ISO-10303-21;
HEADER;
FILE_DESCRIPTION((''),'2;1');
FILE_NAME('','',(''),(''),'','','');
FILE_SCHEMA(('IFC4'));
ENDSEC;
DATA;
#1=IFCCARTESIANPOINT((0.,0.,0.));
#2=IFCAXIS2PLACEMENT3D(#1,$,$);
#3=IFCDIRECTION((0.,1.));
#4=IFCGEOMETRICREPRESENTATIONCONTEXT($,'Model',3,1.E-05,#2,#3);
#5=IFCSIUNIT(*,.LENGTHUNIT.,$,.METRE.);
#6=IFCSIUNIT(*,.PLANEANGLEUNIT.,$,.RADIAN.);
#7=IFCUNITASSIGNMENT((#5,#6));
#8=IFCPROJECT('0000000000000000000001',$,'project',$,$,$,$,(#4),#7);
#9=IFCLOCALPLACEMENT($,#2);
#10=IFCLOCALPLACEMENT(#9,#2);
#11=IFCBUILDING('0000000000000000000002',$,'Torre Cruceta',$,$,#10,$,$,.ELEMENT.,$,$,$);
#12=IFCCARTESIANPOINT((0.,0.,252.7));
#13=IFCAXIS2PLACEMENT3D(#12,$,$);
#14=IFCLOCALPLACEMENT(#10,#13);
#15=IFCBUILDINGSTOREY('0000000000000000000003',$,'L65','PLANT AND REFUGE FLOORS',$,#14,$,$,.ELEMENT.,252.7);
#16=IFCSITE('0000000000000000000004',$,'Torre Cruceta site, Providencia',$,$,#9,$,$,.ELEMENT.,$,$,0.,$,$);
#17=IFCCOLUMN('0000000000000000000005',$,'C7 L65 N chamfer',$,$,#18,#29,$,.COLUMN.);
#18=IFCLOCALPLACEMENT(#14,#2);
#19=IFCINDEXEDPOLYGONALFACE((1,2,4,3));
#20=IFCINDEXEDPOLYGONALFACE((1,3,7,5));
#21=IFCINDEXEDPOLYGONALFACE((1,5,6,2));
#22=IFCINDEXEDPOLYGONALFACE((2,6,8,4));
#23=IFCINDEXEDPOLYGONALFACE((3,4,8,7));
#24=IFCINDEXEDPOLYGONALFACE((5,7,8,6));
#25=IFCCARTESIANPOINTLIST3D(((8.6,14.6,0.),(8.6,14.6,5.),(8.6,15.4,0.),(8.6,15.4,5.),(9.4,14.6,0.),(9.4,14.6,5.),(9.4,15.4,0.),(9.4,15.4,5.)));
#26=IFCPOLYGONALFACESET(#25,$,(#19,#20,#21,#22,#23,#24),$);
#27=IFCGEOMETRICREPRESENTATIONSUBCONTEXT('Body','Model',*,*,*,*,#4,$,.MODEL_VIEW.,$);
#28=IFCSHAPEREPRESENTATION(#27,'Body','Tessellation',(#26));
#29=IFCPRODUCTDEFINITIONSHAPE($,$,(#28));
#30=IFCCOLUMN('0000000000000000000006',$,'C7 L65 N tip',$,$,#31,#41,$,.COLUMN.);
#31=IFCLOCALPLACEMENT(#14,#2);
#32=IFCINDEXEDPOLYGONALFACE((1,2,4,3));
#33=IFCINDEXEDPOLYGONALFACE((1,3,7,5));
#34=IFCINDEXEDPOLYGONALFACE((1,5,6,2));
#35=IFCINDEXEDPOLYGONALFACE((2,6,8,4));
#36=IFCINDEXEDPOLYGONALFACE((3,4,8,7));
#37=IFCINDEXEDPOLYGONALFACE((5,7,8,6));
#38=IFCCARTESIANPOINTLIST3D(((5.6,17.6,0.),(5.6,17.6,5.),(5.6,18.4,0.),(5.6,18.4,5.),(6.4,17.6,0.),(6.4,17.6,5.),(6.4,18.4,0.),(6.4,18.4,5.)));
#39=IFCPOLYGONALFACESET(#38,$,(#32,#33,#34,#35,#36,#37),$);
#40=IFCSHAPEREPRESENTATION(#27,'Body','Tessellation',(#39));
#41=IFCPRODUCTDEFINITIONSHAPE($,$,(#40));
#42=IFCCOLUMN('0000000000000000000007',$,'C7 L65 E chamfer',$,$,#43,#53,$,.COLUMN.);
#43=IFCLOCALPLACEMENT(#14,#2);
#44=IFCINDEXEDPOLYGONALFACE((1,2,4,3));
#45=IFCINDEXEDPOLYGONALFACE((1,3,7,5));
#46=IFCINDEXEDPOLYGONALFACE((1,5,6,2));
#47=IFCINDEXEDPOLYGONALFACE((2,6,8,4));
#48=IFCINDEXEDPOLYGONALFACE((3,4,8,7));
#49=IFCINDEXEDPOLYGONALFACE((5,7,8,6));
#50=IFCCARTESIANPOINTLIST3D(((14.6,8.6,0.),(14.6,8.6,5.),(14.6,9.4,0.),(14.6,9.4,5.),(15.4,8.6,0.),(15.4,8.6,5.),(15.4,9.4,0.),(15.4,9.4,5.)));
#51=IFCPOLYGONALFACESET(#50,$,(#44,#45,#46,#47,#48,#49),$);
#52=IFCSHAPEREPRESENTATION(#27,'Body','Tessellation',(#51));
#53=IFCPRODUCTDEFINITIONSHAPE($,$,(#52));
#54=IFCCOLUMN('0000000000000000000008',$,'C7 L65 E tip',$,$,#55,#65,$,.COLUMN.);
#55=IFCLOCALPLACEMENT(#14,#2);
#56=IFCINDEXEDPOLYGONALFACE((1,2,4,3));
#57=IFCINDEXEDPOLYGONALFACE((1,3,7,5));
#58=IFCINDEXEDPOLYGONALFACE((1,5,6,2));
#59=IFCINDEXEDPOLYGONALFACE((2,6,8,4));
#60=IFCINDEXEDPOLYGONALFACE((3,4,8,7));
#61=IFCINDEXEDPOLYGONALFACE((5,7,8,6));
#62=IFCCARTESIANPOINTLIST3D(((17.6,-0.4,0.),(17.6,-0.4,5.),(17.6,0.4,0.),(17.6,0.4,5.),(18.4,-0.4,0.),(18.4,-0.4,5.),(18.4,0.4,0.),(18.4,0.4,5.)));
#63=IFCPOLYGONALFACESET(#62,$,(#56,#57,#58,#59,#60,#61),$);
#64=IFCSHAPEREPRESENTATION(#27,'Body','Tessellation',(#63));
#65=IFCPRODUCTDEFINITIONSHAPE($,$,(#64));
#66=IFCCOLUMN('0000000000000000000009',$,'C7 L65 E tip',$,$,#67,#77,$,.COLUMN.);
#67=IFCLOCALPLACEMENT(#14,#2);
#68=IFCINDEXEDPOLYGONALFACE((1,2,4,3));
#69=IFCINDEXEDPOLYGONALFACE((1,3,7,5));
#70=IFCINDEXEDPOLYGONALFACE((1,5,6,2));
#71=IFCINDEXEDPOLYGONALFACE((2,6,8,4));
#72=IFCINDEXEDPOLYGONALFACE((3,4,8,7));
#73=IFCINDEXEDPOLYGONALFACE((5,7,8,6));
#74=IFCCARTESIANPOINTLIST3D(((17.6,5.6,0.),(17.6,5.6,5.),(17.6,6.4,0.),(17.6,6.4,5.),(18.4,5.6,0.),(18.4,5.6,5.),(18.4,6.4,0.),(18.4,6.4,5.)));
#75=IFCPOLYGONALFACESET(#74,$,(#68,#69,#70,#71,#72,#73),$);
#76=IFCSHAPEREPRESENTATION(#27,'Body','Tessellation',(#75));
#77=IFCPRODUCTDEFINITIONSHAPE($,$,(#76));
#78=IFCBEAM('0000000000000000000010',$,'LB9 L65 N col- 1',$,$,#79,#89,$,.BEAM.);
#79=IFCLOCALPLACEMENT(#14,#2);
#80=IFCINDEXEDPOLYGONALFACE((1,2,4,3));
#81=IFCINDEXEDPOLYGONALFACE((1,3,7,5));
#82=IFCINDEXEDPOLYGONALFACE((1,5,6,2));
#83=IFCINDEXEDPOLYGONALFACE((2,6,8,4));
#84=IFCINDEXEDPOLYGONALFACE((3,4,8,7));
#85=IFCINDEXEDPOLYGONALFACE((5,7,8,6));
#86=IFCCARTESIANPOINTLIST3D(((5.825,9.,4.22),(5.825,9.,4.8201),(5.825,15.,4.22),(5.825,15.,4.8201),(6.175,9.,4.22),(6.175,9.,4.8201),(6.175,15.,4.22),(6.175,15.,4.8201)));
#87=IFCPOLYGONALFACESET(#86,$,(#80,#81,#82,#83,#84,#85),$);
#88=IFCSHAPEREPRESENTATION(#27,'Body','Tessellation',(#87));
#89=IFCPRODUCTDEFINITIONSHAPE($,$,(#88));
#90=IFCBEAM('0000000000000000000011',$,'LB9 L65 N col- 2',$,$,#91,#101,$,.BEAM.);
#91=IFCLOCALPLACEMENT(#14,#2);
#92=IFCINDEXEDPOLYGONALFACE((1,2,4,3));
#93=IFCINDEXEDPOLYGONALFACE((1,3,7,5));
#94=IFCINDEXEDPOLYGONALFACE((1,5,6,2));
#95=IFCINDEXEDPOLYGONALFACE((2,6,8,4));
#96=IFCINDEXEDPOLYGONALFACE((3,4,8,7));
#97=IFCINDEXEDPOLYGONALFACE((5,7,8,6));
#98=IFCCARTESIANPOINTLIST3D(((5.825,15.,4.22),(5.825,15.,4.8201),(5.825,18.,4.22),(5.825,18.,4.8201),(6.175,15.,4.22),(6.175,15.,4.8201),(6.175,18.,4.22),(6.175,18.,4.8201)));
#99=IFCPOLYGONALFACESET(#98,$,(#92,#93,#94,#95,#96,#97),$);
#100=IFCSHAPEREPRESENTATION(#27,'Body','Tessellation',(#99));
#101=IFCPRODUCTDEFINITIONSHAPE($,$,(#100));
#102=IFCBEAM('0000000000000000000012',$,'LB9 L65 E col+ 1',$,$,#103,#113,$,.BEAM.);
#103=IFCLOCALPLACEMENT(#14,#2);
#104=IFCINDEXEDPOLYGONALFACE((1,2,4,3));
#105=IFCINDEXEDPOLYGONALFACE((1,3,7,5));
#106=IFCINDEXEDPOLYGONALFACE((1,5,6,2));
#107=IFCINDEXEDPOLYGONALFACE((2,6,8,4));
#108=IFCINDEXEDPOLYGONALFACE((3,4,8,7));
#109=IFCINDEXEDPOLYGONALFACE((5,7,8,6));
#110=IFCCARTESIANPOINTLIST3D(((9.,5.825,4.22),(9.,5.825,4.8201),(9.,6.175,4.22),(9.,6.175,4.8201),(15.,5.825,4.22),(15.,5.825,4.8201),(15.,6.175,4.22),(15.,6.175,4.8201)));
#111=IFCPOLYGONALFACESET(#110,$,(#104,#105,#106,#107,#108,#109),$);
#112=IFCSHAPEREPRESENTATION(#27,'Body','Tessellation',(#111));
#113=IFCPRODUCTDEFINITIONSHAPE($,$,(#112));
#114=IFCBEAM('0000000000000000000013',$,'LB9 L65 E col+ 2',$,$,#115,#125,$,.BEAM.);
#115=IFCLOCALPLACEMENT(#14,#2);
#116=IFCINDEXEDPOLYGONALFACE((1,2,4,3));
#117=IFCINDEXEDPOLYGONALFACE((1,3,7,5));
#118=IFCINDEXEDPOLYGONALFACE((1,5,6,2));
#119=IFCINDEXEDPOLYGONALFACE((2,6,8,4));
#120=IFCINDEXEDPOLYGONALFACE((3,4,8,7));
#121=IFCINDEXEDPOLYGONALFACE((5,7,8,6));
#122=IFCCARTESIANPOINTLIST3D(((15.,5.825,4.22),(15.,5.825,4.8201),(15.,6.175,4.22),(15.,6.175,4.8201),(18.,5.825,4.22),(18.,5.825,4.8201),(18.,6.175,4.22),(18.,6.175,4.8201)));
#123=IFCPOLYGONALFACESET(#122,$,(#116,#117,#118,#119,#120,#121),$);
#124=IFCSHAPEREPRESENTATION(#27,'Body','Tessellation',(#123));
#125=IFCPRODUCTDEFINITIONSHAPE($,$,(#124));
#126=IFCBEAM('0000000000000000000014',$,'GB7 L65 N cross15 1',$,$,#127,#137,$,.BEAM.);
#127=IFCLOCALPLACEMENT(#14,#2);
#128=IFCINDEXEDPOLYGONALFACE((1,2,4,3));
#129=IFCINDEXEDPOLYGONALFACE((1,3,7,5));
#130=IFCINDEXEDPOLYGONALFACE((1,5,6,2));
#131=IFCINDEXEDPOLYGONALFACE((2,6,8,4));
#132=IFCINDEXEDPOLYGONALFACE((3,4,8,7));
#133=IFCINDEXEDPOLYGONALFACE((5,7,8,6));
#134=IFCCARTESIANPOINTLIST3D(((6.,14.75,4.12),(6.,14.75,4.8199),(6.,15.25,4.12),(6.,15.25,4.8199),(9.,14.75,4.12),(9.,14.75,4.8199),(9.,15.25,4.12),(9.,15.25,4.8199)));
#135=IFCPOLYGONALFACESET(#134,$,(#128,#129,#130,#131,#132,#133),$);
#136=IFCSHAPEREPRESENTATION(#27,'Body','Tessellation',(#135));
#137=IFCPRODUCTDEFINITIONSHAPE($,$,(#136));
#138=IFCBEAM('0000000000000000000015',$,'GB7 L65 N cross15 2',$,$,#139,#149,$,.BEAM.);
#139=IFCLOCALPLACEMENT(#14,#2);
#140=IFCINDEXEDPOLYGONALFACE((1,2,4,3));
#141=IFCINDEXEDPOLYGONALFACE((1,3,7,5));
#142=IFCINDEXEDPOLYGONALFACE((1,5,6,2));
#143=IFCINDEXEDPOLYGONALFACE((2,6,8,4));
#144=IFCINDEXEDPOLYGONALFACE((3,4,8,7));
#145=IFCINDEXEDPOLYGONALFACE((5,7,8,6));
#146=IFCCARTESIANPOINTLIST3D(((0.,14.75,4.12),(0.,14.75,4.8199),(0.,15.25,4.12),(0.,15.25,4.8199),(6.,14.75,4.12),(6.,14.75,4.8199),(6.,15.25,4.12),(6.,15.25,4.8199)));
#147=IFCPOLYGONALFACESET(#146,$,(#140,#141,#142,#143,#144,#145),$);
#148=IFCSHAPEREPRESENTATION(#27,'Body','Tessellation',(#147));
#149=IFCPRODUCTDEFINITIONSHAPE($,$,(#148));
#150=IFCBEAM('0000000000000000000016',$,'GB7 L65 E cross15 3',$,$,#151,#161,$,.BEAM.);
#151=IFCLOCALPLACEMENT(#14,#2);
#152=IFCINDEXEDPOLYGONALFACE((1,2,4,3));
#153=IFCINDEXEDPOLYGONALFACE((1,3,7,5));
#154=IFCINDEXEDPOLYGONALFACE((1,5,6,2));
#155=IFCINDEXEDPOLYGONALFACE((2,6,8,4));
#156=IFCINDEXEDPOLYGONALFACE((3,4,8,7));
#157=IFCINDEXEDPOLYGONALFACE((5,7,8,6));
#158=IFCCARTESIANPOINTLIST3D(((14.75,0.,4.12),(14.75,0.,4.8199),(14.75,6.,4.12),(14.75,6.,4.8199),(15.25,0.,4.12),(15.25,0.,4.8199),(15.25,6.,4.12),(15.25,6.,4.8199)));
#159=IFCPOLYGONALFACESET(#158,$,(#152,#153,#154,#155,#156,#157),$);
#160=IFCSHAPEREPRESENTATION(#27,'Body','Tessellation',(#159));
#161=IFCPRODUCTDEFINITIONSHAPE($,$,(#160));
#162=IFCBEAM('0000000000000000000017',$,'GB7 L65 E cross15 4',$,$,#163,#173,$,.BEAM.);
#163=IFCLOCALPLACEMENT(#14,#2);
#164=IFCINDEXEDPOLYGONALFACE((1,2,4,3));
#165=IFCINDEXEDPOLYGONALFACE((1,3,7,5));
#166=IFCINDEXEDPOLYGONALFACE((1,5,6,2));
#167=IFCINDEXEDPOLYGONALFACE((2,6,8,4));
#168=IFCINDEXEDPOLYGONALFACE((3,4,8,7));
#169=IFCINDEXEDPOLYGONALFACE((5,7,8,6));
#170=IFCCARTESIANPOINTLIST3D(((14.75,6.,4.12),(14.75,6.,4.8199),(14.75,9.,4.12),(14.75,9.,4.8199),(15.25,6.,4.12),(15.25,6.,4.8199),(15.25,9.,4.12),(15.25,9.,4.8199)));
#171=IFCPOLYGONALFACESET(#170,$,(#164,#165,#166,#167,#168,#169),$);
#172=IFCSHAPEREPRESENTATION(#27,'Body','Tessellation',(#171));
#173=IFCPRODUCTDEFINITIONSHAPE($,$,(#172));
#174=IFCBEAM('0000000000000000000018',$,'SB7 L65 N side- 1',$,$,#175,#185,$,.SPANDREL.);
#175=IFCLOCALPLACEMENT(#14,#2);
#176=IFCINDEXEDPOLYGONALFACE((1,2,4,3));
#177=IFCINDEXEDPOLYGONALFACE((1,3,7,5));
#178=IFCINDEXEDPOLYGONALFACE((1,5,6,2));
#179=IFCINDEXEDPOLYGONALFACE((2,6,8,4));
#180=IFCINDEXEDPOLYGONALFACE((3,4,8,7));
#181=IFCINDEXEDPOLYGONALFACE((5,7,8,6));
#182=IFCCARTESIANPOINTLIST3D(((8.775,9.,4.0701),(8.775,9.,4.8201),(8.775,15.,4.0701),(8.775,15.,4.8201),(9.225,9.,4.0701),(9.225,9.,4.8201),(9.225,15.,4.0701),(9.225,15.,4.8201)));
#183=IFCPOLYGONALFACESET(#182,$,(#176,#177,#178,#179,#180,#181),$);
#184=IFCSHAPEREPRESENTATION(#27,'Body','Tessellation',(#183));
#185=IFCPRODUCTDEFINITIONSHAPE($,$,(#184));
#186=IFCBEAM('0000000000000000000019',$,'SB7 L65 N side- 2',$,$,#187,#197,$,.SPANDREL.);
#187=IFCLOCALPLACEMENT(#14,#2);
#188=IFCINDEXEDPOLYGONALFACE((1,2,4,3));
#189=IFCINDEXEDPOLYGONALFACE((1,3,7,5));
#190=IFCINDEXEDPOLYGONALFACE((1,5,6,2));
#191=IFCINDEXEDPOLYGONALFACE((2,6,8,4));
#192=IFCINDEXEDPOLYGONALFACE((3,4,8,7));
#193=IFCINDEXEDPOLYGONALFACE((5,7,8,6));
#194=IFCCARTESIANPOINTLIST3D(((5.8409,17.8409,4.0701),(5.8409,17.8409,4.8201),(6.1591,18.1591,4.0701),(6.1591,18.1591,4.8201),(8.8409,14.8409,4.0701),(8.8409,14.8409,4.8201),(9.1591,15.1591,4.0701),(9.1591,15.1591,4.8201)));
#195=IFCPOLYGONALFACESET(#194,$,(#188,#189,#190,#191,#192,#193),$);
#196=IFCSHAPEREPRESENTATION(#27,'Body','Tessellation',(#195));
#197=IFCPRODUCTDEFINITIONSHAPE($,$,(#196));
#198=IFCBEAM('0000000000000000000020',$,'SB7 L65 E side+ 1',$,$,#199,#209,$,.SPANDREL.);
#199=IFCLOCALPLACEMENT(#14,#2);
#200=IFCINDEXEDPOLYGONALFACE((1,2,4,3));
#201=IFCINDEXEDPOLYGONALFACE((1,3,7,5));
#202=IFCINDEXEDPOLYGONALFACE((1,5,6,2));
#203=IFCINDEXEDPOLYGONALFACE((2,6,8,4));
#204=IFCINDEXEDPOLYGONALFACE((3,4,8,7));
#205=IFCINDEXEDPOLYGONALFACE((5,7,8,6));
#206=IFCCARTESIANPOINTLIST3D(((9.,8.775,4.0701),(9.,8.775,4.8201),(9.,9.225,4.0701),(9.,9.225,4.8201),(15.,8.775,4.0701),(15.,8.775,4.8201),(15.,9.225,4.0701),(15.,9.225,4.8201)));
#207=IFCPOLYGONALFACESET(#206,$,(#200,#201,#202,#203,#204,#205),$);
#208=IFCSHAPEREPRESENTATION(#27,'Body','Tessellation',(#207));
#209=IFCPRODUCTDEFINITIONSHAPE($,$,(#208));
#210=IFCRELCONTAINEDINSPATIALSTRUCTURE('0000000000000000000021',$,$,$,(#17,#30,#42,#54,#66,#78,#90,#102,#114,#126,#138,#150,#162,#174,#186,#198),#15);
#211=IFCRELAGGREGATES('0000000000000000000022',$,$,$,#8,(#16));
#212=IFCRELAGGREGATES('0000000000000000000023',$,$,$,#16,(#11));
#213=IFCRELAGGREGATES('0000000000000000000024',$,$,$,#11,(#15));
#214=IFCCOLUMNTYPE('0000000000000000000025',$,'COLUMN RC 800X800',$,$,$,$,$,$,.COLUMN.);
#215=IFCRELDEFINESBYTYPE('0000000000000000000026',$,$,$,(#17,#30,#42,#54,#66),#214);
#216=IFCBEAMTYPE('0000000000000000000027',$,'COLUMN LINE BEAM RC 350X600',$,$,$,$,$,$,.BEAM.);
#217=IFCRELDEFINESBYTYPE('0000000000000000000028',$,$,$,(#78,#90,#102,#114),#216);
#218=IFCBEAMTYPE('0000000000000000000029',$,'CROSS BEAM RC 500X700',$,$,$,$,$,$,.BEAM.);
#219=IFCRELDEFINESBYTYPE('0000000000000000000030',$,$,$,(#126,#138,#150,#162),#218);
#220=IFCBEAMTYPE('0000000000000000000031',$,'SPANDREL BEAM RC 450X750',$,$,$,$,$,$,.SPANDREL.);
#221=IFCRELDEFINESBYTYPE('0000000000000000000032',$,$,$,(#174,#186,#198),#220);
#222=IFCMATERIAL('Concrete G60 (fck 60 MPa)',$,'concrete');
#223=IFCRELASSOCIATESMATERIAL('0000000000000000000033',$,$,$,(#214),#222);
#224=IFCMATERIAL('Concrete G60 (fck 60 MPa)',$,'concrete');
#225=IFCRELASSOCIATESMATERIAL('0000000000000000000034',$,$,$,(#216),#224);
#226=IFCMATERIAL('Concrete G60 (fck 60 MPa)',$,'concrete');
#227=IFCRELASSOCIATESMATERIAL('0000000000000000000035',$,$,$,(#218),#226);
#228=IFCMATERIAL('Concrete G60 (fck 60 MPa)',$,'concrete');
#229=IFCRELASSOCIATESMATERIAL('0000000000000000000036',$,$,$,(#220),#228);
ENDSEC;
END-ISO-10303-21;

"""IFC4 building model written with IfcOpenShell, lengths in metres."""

from ifc_helpers import new_model, si_unit, direction, frame, origin, origin_2d, place, context, subcontext, project, spatial, rectangle, extrude, material, material_profile, profile_set, type_object, element, save


model = new_model("IFC4")

# Units and contexts
model_context = context("Model", 3, precision=1e-05, world=origin(), true_north=direction((0.0, 1.0)))
body_context = subcontext(model_context, "Body", "Model", "MODEL_VIEW")
ifc_project = project(units=[si_unit("LENGTHUNIT", "METRE"), si_unit("PLANEANGLEUNIT", "RADIAN")], contexts=[model_context])

# Site, building, storey
site_placement = place(None, origin())
site = spatial("IfcSite", under=ifc_project, at=site_placement, Name="Torre Cruceta site, Providencia", CompositionType="ELEMENT", RefElevation=0.0)
building_placement = place(site_placement, origin())
building = spatial("IfcBuilding", under=site, at=building_placement, Name="Torre Cruceta", CompositionType="ELEMENT")
storey_placement = place(building_placement, frame((0.0, 0.0, 252.7)))
storey = spatial("IfcBuildingStorey", under=building, at=storey_placement, Name="L65", Description="PLANT AND REFUGE FLOORS", CompositionType="ELEMENT", Elevation=252.7)

# Columns
ifc_material_1 = material(Name="Concrete G60 (fck 60 MPa)", Category="concrete")
ifc_material_profile_1 = material_profile(ifc_material_1, rectangle(XDim=0.8, YDim=0.8, at=origin_2d()), Name="RC 800X800")
ifc_profile_set_1 = profile_set([ifc_material_profile_1], Name="Concrete G60 (fck 60 MPa)")
column_type = type_object("IfcColumnType", Name="COLUMN RC 800X800", PredefinedType="COLUMN", material=ifc_profile_set_1)
for number, where, z_axis, x_axis, name in (
    (1, (9.0, 15.0, 0.0), (0.0, 0.0, 1.0), (1.0, 0.0, 0.0), "C7 L65 N chamfer"),
    (2, (6.0, 18.0, 0.0), (0.0, 0.0, 1.0), (1.0, 0.0, 0.0), "C7 L65 N tip"),
    (3, (15.0, 9.0, 0.0), (0.0, 0.0, 1.0), (1.0, 0.0, 0.0), "C7 L65 E chamfer"),
    (4, (18.0, 0.0, 0.0), (0.0, 0.0, 1.0), (1.0, 0.0, 0.0), "C7 L65 E tip"),
    (5, (18.0, 6.0, 0.0), (0.0, 0.0, 1.0), (1.0, 0.0, 0.0), "C7 L65 E tip"),
):
    element("IfcColumn", number, at=place(storey_placement, frame(where, z_axis=z_axis, x_axis=x_axis)), inside=storey, type_object=column_type, Name=name, PredefinedType="COLUMN", context=body_context, shape_type="SweptSolid", body=[
        extrude(rectangle(XDim=0.8, YDim=0.8, at=origin_2d()), origin(), (0.0, 0.0, 1.0), 5.0),
    ])

# Beams
ifc_material_2 = material(Name="Concrete G60 (fck 60 MPa)", Category="concrete")
ifc_material_profile_2 = material_profile(ifc_material_2, rectangle(XDim=0.3501, YDim=0.6001, at=origin_2d()), Name="RC 350X600")
ifc_profile_set_2 = profile_set([ifc_material_profile_2], Name="Concrete G60 (fck 60 MPa)")
beam_type_1 = type_object("IfcBeamType", Name="COLUMN LINE BEAM RC 350X600", PredefinedType="BEAM", material=ifc_profile_set_2)
beam_1_placement = place(storey_placement, frame((6.0, 9.0, 4.52), z_axis=(0.0, 1.0, 0.0), x_axis=(-1.0, 0.0, 0.0)))
element("IfcBeam", 6, at=beam_1_placement, inside=storey, type_object=beam_type_1, Name="LB9 L65 N col- 1", PredefinedType="BEAM", context=body_context, shape_type="SweptSolid", body=[
    extrude(rectangle(XDim=0.3501, YDim=0.6001, at=origin_2d()), origin(), (0.0, 0.0, 1.0), 6.0),
])
beam_2_placement = place(storey_placement, frame((6.0, 15.0, 4.52), z_axis=(0.0, 1.0, 0.0), x_axis=(-1.0, 0.0, 0.0)))
element("IfcBeam", 7, at=beam_2_placement, inside=storey, type_object=beam_type_1, Name="LB9 L65 N col- 2", PredefinedType="BEAM", context=body_context, shape_type="SweptSolid", body=[
    extrude(rectangle(XDim=0.3501, YDim=0.6001, at=origin_2d()), origin(), (0.0, 0.0, 1.0), 3.0),
])
beam_3_placement = place(storey_placement, frame((9.0, 6.0, 4.52), z_axis=(1.0, 0.0, 0.0), x_axis=(0.0, 1.0, 0.0)))
element("IfcBeam", 8, at=beam_3_placement, inside=storey, type_object=beam_type_1, Name="LB9 L65 E col+ 1", PredefinedType="BEAM", context=body_context, shape_type="SweptSolid", body=[
    extrude(rectangle(XDim=0.3501, YDim=0.6001, at=origin_2d()), origin(), (0.0, 0.0, 1.0), 6.0),
])
beam_4_placement = place(storey_placement, frame((15.0, 6.0, 4.52), z_axis=(1.0, 0.0, 0.0), x_axis=(0.0, 1.0, 0.0)))
element("IfcBeam", 9, at=beam_4_placement, inside=storey, type_object=beam_type_1, Name="LB9 L65 E col+ 2", PredefinedType="BEAM", context=body_context, shape_type="SweptSolid", body=[
    extrude(rectangle(XDim=0.3501, YDim=0.6001, at=origin_2d()), origin(), (0.0, 0.0, 1.0), 3.0),
])
ifc_material_3 = material(Name="Concrete G60 (fck 60 MPa)", Category="concrete")
ifc_material_profile_3 = material_profile(ifc_material_3, rectangle(XDim=0.5, YDim=0.7, at=origin_2d()), Name="RC 500X700")
ifc_profile_set_3 = profile_set([ifc_material_profile_3], Name="Concrete G60 (fck 60 MPa)")
beam_type_2 = type_object("IfcBeamType", Name="CROSS BEAM RC 500X700", PredefinedType="BEAM", material=ifc_profile_set_3)
beam_5_placement = place(storey_placement, frame((9.0, 15.0, 4.47), z_axis=(-1.0, 0.0, 0.0), x_axis=(0.0, -1.0, 0.0)))
element("IfcBeam", 10, at=beam_5_placement, inside=storey, type_object=beam_type_2, Name="GB7 L65 N cross15 1", PredefinedType="BEAM", context=body_context, shape_type="SweptSolid", body=[
    extrude(rectangle(XDim=0.5, YDim=0.7, at=origin_2d()), origin(), (0.0, 0.0, 1.0), 3.0),
])
for number, where, z_axis, x_axis, name in (
    (11, (6.0, 15.0, 4.47), (-1.0, 0.0, 0.0), (0.0, -1.0, 0.0), "GB7 L65 N cross15 2"),
    (12, (15.0, 0.0, 4.47), (0.0, 1.0, 0.0), (-1.0, 0.0, 0.0), "GB7 L65 E cross15 3"),
):
    element("IfcBeam", number, at=place(storey_placement, frame(where, z_axis=z_axis, x_axis=x_axis)), inside=storey, type_object=beam_type_2, Name=name, PredefinedType="BEAM", context=body_context, shape_type="SweptSolid", body=[
        extrude(rectangle(XDim=0.5, YDim=0.7, at=origin_2d()), origin(), (0.0, 0.0, 1.0), 6.0),
    ])
beam_6_placement = place(storey_placement, frame((15.0, 6.0, 4.47), z_axis=(0.0, 1.0, 0.0), x_axis=(-1.0, 0.0, 0.0)))
element("IfcBeam", 13, at=beam_6_placement, inside=storey, type_object=beam_type_2, Name="GB7 L65 E cross15 4", PredefinedType="BEAM", context=body_context, shape_type="SweptSolid", body=[
    extrude(rectangle(XDim=0.5, YDim=0.7, at=origin_2d()), origin(), (0.0, 0.0, 1.0), 3.0),
])
ifc_material_4 = material(Name="Concrete G60 (fck 60 MPa)", Category="concrete")
ifc_material_profile_4 = material_profile(ifc_material_4, rectangle(XDim=0.45, YDim=0.75, at=origin_2d()), Name="RC 450X750")
ifc_profile_set_4 = profile_set([ifc_material_profile_4], Name="Concrete G60 (fck 60 MPa)")
beam_type_3 = type_object("IfcBeamType", Name="SPANDREL BEAM RC 450X750", PredefinedType="SPANDREL", material=ifc_profile_set_4)
beam_7_placement = place(storey_placement, frame((9.0, 9.0, 4.4451), z_axis=(0.0, 1.0, 0.0), x_axis=(-1.0, 0.0, 0.0)))
element("IfcBeam", 14, at=beam_7_placement, inside=storey, type_object=beam_type_3, Name="SB7 L65 N side- 1", PredefinedType="SPANDREL", context=body_context, shape_type="SweptSolid", body=[
    extrude(rectangle(XDim=0.45, YDim=0.75, at=origin_2d()), origin(), (0.0, 0.0, 1.0), 6.0),
])
beam_8_placement = place(storey_placement, frame((9.0, 15.0, 4.4451), z_axis=(-0.707107, 0.707107, 0.0), x_axis=(-0.707107, -0.707107, 0.0)))
element("IfcBeam", 15, at=beam_8_placement, inside=storey, type_object=beam_type_3, Name="SB7 L65 N side- 2", PredefinedType="SPANDREL", context=body_context, shape_type="SweptSolid", body=[
    extrude(rectangle(XDim=0.45, YDim=0.75, at=origin_2d()), origin(), (0.0, 0.0, 1.0), 4.2427),
])
beam_9_placement = place(storey_placement, frame((9.0, 9.0, 4.4451), z_axis=(1.0, 0.0, 0.0), x_axis=(0.0, 1.0, 0.0)))
element("IfcBeam", 16, at=beam_9_placement, inside=storey, type_object=beam_type_3, Name="SB7 L65 E side+ 1", PredefinedType="SPANDREL", context=body_context, shape_type="SweptSolid", body=[
    extrude(rectangle(XDim=0.45, YDim=0.75, at=origin_2d()), origin(), (0.0, 0.0, 1.0), 6.0),
])

save(model, "model.ifc")
